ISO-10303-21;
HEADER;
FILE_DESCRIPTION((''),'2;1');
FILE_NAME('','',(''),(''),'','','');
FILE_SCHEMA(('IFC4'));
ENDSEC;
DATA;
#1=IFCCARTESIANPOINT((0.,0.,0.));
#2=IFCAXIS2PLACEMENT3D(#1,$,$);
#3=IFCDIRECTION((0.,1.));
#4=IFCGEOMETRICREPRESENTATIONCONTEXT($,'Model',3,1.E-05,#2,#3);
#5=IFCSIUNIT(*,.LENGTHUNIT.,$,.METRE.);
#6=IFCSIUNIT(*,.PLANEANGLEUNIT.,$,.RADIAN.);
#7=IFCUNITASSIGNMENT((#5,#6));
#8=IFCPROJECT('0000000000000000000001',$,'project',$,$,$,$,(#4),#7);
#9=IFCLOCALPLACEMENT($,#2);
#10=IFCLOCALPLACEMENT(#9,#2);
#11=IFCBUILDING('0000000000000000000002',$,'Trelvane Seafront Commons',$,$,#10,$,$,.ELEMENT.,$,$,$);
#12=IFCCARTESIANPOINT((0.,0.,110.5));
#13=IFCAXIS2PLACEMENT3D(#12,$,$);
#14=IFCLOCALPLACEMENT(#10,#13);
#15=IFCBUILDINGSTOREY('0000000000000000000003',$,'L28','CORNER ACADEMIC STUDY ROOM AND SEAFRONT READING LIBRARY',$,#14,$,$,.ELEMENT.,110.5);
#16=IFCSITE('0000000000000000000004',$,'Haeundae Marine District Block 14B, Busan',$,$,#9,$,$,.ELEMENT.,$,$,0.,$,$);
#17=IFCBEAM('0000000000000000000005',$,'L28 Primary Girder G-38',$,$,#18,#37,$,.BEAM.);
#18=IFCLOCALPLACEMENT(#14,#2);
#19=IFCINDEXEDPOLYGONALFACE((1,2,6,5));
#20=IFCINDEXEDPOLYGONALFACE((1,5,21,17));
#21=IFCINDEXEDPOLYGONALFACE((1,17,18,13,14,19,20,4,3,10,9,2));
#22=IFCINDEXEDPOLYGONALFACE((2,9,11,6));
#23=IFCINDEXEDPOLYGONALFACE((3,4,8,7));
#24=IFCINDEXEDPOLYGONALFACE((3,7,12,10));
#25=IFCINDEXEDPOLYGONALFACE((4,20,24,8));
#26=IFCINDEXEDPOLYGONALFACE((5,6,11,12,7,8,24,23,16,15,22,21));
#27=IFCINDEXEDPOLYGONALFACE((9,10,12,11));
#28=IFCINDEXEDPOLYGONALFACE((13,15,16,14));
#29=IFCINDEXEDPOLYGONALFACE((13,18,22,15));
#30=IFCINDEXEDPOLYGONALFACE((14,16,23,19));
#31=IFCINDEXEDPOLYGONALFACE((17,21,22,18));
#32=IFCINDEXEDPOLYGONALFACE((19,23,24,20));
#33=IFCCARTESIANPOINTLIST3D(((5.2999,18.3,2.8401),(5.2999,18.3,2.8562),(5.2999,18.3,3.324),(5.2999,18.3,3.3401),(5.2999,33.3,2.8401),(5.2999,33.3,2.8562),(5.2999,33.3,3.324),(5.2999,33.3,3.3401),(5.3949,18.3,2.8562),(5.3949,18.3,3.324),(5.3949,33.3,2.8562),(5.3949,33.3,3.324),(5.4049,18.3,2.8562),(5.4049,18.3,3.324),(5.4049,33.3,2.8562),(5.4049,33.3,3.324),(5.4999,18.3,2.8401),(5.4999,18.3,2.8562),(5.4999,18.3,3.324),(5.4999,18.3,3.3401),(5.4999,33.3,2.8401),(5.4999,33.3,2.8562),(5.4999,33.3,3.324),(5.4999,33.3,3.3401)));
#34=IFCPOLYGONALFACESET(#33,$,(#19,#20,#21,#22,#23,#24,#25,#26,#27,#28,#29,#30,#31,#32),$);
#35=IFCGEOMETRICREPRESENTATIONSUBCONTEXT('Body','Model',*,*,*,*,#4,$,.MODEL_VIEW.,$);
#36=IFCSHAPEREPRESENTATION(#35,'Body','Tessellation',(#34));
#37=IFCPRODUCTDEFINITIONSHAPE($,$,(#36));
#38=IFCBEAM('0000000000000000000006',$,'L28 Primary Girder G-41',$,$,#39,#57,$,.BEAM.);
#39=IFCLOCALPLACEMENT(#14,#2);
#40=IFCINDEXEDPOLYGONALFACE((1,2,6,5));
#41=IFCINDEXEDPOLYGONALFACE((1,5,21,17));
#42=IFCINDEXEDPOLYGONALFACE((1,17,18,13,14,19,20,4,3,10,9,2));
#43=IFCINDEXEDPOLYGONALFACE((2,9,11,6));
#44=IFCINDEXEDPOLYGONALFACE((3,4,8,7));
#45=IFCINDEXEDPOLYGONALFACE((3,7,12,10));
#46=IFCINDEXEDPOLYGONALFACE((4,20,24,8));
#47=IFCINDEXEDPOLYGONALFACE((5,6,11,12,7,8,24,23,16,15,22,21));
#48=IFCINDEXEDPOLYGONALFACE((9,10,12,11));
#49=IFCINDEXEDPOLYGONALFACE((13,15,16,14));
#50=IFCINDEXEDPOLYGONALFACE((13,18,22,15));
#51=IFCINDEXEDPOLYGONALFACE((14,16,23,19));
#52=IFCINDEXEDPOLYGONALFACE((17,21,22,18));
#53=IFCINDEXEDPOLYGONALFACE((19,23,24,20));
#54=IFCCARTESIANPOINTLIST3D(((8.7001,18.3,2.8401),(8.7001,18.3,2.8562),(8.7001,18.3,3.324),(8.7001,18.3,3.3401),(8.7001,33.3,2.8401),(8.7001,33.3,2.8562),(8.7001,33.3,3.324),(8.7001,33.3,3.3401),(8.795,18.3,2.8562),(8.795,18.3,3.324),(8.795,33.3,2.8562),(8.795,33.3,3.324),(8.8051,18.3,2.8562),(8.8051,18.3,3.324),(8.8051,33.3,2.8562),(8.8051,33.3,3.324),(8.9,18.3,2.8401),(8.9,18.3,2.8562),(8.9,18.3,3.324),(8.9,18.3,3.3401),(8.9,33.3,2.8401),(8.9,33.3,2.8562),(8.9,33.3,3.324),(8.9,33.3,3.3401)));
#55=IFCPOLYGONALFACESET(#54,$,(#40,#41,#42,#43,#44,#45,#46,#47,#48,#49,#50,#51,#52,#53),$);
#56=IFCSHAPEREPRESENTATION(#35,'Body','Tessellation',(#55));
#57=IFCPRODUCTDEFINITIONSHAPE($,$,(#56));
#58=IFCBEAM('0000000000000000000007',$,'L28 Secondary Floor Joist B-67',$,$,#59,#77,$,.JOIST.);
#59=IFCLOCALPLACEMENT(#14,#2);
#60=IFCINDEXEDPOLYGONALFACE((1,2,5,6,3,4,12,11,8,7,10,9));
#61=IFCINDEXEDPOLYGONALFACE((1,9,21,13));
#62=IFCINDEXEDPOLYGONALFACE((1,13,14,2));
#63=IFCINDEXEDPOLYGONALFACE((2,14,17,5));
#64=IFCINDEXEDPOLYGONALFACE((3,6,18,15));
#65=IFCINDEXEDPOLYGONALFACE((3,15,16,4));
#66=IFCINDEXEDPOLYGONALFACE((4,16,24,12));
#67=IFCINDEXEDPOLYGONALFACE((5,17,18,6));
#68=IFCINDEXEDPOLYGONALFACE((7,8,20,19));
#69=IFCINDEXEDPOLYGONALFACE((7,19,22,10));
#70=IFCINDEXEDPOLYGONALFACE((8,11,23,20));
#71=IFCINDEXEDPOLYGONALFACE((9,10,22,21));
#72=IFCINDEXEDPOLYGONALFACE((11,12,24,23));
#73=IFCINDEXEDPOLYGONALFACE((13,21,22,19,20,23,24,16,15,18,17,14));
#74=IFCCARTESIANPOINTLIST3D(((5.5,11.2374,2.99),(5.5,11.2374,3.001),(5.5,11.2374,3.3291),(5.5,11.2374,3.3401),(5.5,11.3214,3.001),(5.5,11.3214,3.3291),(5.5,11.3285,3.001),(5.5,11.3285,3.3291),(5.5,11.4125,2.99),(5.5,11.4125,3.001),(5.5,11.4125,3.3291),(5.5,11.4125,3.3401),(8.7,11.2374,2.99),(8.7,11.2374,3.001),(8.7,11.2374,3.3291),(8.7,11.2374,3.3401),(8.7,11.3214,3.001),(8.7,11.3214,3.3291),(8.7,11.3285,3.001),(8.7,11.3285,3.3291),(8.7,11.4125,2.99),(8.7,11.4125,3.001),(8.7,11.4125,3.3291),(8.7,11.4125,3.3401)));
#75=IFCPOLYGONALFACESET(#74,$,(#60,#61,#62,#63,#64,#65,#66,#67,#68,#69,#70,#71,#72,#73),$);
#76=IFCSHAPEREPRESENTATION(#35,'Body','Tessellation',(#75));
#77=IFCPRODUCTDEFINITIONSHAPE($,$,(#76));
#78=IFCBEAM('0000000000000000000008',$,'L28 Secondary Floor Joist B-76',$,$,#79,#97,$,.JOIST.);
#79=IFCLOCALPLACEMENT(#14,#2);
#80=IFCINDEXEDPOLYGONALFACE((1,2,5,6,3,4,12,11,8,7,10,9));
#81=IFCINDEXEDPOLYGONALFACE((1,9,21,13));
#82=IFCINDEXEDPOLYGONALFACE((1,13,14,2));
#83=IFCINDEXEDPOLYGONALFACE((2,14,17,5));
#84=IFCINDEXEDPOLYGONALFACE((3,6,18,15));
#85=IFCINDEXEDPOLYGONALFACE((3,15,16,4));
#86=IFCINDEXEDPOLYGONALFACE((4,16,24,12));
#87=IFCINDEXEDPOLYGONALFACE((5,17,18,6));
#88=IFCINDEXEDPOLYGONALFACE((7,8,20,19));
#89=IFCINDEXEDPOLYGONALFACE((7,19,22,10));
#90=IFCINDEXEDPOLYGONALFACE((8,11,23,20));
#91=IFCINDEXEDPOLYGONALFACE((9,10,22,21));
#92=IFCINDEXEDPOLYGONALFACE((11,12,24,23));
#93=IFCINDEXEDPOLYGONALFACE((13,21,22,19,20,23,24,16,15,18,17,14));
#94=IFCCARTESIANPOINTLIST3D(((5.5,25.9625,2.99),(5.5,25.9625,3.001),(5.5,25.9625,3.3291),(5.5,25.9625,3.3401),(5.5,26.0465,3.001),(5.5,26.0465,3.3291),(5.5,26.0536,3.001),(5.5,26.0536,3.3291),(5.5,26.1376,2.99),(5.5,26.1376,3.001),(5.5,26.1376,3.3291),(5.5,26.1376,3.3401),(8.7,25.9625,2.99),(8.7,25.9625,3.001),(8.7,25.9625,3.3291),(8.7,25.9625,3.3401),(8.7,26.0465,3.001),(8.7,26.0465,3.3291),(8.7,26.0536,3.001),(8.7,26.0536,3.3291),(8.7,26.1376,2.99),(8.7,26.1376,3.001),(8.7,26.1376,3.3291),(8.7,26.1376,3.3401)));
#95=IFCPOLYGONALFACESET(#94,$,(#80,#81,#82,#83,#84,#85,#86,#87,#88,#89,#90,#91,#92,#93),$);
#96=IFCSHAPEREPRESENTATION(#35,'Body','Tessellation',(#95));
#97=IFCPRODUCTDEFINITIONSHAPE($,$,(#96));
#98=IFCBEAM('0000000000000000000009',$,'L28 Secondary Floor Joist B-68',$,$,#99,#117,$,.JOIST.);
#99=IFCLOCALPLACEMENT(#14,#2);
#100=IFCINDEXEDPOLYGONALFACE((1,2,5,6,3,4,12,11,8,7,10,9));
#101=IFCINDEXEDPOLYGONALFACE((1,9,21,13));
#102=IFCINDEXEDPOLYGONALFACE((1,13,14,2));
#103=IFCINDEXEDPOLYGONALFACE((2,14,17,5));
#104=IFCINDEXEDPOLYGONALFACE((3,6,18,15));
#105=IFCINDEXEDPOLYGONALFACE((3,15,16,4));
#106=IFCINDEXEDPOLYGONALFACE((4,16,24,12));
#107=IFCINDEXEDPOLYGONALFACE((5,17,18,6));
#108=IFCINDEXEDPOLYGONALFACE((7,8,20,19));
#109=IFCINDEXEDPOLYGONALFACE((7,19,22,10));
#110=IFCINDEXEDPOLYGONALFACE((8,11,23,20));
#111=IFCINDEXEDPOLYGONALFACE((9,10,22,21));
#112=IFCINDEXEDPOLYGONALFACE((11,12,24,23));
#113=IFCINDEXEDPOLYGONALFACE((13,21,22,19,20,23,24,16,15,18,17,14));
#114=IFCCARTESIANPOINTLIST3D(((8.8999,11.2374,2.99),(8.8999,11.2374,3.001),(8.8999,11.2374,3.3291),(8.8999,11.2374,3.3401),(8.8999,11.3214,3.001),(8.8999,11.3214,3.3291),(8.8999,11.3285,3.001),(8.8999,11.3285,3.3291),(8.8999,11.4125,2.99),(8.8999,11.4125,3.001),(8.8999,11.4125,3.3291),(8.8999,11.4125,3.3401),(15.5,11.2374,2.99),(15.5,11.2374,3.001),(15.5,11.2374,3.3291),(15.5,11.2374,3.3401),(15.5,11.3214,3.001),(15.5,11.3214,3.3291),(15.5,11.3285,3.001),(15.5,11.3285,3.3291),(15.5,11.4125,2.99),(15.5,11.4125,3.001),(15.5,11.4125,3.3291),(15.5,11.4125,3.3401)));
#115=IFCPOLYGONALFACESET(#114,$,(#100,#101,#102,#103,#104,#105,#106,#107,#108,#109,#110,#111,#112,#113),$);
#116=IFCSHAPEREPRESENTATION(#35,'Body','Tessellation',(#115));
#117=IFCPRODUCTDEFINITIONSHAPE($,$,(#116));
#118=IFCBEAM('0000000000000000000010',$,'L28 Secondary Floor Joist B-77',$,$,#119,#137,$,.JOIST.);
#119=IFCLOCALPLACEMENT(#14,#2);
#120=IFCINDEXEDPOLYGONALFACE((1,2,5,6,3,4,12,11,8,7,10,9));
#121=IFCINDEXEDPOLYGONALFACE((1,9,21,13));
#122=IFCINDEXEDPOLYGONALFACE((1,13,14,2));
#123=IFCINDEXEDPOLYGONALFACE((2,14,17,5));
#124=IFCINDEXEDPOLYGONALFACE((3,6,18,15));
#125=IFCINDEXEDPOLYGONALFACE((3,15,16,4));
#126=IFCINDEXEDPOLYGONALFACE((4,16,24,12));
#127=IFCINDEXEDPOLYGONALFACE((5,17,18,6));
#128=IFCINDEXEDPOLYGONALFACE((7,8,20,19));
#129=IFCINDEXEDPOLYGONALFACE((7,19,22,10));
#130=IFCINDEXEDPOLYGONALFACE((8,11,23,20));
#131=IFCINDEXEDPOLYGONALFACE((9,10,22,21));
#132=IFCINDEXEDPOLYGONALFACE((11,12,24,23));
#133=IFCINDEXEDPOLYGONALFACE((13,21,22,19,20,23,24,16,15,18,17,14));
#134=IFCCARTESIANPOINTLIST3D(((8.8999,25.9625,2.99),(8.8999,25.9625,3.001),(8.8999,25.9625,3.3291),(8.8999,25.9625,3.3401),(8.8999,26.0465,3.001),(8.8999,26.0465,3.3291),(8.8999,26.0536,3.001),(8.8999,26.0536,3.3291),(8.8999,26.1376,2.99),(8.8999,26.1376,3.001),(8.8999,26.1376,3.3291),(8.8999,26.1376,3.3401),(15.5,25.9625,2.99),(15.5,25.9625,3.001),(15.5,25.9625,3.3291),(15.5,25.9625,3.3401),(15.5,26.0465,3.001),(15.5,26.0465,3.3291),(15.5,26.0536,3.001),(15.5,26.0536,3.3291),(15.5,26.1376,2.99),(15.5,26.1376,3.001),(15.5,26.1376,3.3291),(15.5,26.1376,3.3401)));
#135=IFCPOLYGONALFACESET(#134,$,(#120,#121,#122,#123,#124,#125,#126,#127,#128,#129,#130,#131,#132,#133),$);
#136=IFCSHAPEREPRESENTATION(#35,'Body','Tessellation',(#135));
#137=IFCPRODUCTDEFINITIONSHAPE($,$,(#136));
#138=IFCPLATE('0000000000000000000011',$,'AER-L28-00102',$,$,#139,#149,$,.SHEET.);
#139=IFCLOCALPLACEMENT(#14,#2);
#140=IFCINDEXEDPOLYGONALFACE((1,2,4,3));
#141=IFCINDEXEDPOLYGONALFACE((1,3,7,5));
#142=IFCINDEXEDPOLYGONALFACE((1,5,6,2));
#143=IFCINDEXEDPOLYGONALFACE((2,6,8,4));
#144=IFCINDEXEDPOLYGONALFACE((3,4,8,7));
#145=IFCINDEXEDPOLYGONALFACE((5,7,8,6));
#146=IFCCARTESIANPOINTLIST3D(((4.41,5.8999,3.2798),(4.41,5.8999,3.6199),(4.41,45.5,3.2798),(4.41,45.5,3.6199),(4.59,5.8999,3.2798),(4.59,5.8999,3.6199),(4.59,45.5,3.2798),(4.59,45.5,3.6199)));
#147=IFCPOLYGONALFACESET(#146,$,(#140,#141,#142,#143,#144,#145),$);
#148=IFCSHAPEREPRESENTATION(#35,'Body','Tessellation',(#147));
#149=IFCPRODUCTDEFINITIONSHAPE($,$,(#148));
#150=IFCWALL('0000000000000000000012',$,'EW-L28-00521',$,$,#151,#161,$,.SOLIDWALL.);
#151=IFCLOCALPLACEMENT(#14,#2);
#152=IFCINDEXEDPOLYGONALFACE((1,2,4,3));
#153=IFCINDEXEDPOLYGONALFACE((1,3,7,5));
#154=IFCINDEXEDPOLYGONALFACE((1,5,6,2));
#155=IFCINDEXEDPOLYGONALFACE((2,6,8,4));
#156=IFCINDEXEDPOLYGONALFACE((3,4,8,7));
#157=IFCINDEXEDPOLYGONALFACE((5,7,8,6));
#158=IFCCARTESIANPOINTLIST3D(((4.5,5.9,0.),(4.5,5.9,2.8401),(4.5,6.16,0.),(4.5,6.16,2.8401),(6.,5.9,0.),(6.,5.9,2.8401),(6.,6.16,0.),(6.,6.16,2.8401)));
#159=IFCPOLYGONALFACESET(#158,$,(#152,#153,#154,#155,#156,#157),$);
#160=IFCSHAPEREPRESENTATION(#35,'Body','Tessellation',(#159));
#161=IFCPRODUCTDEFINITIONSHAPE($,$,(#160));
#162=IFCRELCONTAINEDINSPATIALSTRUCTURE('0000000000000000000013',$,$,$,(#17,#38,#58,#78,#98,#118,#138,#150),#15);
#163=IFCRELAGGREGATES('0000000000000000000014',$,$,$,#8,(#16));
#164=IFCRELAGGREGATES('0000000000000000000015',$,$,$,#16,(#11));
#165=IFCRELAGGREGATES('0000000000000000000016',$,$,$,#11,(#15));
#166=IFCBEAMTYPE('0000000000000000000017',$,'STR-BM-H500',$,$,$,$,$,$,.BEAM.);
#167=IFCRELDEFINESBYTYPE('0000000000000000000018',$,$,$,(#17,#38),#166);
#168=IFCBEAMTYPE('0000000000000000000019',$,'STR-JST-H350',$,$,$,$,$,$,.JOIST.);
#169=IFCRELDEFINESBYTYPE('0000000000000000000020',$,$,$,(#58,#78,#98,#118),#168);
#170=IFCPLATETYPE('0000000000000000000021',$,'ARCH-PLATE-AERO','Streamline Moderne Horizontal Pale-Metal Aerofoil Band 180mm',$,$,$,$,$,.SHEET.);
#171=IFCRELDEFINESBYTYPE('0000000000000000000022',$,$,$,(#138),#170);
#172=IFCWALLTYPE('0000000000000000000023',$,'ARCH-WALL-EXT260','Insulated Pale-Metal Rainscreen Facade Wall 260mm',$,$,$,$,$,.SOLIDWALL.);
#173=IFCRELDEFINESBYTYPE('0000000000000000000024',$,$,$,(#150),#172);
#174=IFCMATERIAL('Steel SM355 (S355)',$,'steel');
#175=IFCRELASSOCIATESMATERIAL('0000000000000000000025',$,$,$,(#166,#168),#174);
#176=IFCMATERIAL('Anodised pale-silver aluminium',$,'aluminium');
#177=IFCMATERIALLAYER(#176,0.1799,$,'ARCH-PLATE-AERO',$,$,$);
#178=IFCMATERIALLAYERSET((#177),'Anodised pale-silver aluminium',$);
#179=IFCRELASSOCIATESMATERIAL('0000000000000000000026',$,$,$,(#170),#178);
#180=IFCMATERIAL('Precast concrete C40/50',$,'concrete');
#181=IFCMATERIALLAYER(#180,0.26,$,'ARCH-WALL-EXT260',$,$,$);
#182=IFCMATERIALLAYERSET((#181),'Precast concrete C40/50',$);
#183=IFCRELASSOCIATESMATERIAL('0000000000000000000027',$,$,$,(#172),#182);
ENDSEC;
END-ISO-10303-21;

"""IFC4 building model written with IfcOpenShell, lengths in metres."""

from ifc_helpers import new_model, si_unit, direction, frame, frame_2d, origin, origin_2d, place, context, subcontext, project, spatial, rectangle, i_section, extrude, source, transform, mapped, material, layer, layer_set, material_profile, profile_set, type_object, element, save


model = new_model("IFC4")

# Units and contexts
model_context = context("Model", 3, precision=1e-05, world=origin(), true_north=direction((0.0, 1.0)))
body_context = subcontext(model_context, "Body", "Model", "MODEL_VIEW")
ifc_project = project(units=[si_unit("LENGTHUNIT", "METRE"), si_unit("PLANEANGLEUNIT", "RADIAN")], contexts=[model_context])

# Site, building, storey
site_placement = place(None, origin())
site = spatial("IfcSite", under=ifc_project, at=site_placement, Name="Haeundae Marine District Block 14B, Busan", CompositionType="ELEMENT", RefElevation=0.0)
building_placement = place(site_placement, origin())
building = spatial("IfcBuilding", under=site, at=building_placement, Name="Trelvane Seafront Commons", CompositionType="ELEMENT")
storey_placement = place(building_placement, frame((0.0, 0.0, 110.5)))
storey = spatial("IfcBuildingStorey", under=building, at=storey_placement, Name="L28", Description="CORNER ACADEMIC STUDY ROOM AND SEAFRONT READING LIBRARY", CompositionType="ELEMENT", Elevation=110.5)

# Shared definitions
ifc_material_1 = material(Name="Steel SM355 (S355)", Category="steel")

# Beams
ifc_material_profile_1 = material_profile(ifc_material_1, i_section(OverallWidth=0.2, OverallDepth=0.5, WebThickness=0.01, FlangeThickness=0.0161, at=origin_2d()), Name="H-500x200x10x16")
ifc_profile_set_1 = profile_set([ifc_material_profile_1], Name="Steel SM355 (S355)")
beam_type_1 = type_object("IfcBeamType", Name="STR-BM-H500", PredefinedType="BEAM", material=ifc_profile_set_1)
shared_shape_1 = source(origin(), body_context, "Body", "SweptSolid", [
    extrude(i_section(OverallWidth=0.2, OverallDepth=0.5, WebThickness=0.01, FlangeThickness=0.0161, at=origin_2d()), origin(), (0.0, 0.0, 1.0), 15.0),
])
for number, where, z_axis, x_axis, name in (
    (1, (5.3999, 18.3, 3.0901), (0.0, 1.0, 0.0), (-1.0, 0.0, 0.0), "L28 Primary Girder G-38"),
    (2, (8.8, 18.3, 3.0901), (0.0, 1.0, 0.0), (-1.0, 0.0, 0.0), "L28 Primary Girder G-41"),
):
    element("IfcBeam", number, at=place(storey_placement, frame(where, z_axis=z_axis, x_axis=x_axis)), inside=storey, type_object=beam_type_1, Name=name, PredefinedType="BEAM", context=body_context, shape_type="MappedRepresentation", body=[
        mapped(shared_shape_1, transform((0.0, 0.0, 0.0), x_axis=(1.0, 0.0, 0.0), y_axis=(0.0, 1.0, 0.0), z_axis=(0.0, 0.0, 1.0), scale=1.0)),
    ])
ifc_material_profile_2 = material_profile(ifc_material_1, i_section(OverallWidth=0.175, OverallDepth=0.3501, WebThickness=0.0071, FlangeThickness=0.011, at=origin_2d()), Name="H-350x175x7x11")
ifc_profile_set_2 = profile_set([ifc_material_profile_2], Name="Steel SM355 (S355)")
beam_type_2 = type_object("IfcBeamType", Name="STR-JST-H350", PredefinedType="JOIST", material=ifc_profile_set_2)
shared_shape_2 = source(origin(), body_context, "Body", "SweptSolid", [
    extrude(i_section(OverallWidth=0.175, OverallDepth=0.3501, WebThickness=0.0071, FlangeThickness=0.011, at=origin_2d()), origin(), (0.0, 0.0, 1.0), 3.2),
])
for number, where, z_axis, x_axis, name in (
    (3, (5.5, 11.325, 3.165), (1.0, 0.0, 0.0), (0.0, 1.0, 0.0), "L28 Secondary Floor Joist B-67"),
    (4, (5.5, 26.05, 3.165), (1.0, 0.0, 0.0), (0.0, 1.0, 0.0), "L28 Secondary Floor Joist B-76"),
):
    element("IfcBeam", number, at=place(storey_placement, frame(where, z_axis=z_axis, x_axis=x_axis)), inside=storey, type_object=beam_type_2, Name=name, PredefinedType="JOIST", context=body_context, shape_type="MappedRepresentation", body=[
        mapped(shared_shape_2, transform((0.0, 0.0, 0.0), x_axis=(1.0, 0.0, 0.0), y_axis=(0.0, 1.0, 0.0), z_axis=(0.0, 0.0, 1.0), scale=1.0)),
    ])
shared_shape_3 = source(origin(), body_context, "Body", "SweptSolid", [
    extrude(i_section(OverallWidth=0.175, OverallDepth=0.3501, WebThickness=0.0071, FlangeThickness=0.011, at=origin_2d()), origin(), (0.0, 0.0, 1.0), 6.6001),
])
for number, where, z_axis, x_axis, name in (
    (5, (8.8999, 11.325, 3.165), (1.0, 0.0, 0.0), (0.0, 1.0, 0.0), "L28 Secondary Floor Joist B-68"),
    (6, (8.8999, 26.05, 3.165), (1.0, 0.0, 0.0), (0.0, 1.0, 0.0), "L28 Secondary Floor Joist B-77"),
):
    element("IfcBeam", number, at=place(storey_placement, frame(where, z_axis=z_axis, x_axis=x_axis)), inside=storey, type_object=beam_type_2, Name=name, PredefinedType="JOIST", context=body_context, shape_type="MappedRepresentation", body=[
        mapped(shared_shape_3, transform((0.0, 0.0, 0.0), x_axis=(1.0, 0.0, 0.0), y_axis=(0.0, 1.0, 0.0), z_axis=(0.0, 0.0, 1.0), scale=1.0)),
    ])

# Plate
ifc_material_2 = material(Name="Anodised pale-silver aluminium", Category="aluminium")
ifc_layer_1 = layer(ifc_material_2, 0.1799, Name="ARCH-PLATE-AERO")
ifc_layer_set_1 = layer_set([ifc_layer_1], Name="Anodised pale-silver aluminium")
plate_type = type_object("IfcPlateType", Name="ARCH-PLATE-AERO", Description="Streamline Moderne Horizontal Pale-Metal Aerofoil Band 180mm", PredefinedType="SHEET", material=ifc_layer_set_1)
shared_shape_4 = source(origin(), body_context, "Body", "SweptSolid", [
    extrude(rectangle(XDim=39.6001, YDim=0.1799, at=origin_2d()), origin(), (0.0, 0.0, 1.0), 0.3401),
])
plate_placement = place(storey_placement, frame((4.5, 25.7, 3.2798), z_axis=(0.0, 0.0, 1.0), x_axis=(0.0, 1.0, 0.0)))
element("IfcPlate", 7, at=plate_placement, inside=storey, type_object=plate_type, Name="AER-L28-00102", PredefinedType="SHEET", context=body_context, shape_type="MappedRepresentation", body=[
    mapped(shared_shape_4, transform((0.0, 0.0, 0.0), x_axis=(1.0, 0.0, 0.0), y_axis=(0.0, 1.0, 0.0), z_axis=(0.0, 0.0, 1.0), scale=1.0)),
])

# Wall
ifc_material_3 = material(Name="Precast concrete C40/50", Category="concrete")
ifc_layer_2 = layer(ifc_material_3, 0.26, Name="ARCH-WALL-EXT260")
ifc_layer_set_2 = layer_set([ifc_layer_2], Name="Precast concrete C40/50")
wall_type_1 = type_object("IfcWallType", Name="ARCH-WALL-EXT260", Description="Insulated Pale-Metal Rainscreen Facade Wall 260mm", PredefinedType="SOLIDWALL", material=ifc_layer_set_2)
wall_1_placement = place(storey_placement, frame((6.0, 6.03, 0.0), z_axis=(0.0, 0.0, 1.0), x_axis=(-1.0, 0.0, 0.0)))
element("IfcWall", 8, at=wall_1_placement, inside=storey, type_object=wall_type_1, Name="EW-L28-00521", PredefinedType="SOLIDWALL", context=body_context, shape_type="SweptSolid", body=[
    extrude(rectangle(XDim=1.5, YDim=0.26, at=frame_2d((0.75, 0.0))), origin(), (0.0, 0.0, 1.0), 2.8401),
])

save(model, "model.ifc")
